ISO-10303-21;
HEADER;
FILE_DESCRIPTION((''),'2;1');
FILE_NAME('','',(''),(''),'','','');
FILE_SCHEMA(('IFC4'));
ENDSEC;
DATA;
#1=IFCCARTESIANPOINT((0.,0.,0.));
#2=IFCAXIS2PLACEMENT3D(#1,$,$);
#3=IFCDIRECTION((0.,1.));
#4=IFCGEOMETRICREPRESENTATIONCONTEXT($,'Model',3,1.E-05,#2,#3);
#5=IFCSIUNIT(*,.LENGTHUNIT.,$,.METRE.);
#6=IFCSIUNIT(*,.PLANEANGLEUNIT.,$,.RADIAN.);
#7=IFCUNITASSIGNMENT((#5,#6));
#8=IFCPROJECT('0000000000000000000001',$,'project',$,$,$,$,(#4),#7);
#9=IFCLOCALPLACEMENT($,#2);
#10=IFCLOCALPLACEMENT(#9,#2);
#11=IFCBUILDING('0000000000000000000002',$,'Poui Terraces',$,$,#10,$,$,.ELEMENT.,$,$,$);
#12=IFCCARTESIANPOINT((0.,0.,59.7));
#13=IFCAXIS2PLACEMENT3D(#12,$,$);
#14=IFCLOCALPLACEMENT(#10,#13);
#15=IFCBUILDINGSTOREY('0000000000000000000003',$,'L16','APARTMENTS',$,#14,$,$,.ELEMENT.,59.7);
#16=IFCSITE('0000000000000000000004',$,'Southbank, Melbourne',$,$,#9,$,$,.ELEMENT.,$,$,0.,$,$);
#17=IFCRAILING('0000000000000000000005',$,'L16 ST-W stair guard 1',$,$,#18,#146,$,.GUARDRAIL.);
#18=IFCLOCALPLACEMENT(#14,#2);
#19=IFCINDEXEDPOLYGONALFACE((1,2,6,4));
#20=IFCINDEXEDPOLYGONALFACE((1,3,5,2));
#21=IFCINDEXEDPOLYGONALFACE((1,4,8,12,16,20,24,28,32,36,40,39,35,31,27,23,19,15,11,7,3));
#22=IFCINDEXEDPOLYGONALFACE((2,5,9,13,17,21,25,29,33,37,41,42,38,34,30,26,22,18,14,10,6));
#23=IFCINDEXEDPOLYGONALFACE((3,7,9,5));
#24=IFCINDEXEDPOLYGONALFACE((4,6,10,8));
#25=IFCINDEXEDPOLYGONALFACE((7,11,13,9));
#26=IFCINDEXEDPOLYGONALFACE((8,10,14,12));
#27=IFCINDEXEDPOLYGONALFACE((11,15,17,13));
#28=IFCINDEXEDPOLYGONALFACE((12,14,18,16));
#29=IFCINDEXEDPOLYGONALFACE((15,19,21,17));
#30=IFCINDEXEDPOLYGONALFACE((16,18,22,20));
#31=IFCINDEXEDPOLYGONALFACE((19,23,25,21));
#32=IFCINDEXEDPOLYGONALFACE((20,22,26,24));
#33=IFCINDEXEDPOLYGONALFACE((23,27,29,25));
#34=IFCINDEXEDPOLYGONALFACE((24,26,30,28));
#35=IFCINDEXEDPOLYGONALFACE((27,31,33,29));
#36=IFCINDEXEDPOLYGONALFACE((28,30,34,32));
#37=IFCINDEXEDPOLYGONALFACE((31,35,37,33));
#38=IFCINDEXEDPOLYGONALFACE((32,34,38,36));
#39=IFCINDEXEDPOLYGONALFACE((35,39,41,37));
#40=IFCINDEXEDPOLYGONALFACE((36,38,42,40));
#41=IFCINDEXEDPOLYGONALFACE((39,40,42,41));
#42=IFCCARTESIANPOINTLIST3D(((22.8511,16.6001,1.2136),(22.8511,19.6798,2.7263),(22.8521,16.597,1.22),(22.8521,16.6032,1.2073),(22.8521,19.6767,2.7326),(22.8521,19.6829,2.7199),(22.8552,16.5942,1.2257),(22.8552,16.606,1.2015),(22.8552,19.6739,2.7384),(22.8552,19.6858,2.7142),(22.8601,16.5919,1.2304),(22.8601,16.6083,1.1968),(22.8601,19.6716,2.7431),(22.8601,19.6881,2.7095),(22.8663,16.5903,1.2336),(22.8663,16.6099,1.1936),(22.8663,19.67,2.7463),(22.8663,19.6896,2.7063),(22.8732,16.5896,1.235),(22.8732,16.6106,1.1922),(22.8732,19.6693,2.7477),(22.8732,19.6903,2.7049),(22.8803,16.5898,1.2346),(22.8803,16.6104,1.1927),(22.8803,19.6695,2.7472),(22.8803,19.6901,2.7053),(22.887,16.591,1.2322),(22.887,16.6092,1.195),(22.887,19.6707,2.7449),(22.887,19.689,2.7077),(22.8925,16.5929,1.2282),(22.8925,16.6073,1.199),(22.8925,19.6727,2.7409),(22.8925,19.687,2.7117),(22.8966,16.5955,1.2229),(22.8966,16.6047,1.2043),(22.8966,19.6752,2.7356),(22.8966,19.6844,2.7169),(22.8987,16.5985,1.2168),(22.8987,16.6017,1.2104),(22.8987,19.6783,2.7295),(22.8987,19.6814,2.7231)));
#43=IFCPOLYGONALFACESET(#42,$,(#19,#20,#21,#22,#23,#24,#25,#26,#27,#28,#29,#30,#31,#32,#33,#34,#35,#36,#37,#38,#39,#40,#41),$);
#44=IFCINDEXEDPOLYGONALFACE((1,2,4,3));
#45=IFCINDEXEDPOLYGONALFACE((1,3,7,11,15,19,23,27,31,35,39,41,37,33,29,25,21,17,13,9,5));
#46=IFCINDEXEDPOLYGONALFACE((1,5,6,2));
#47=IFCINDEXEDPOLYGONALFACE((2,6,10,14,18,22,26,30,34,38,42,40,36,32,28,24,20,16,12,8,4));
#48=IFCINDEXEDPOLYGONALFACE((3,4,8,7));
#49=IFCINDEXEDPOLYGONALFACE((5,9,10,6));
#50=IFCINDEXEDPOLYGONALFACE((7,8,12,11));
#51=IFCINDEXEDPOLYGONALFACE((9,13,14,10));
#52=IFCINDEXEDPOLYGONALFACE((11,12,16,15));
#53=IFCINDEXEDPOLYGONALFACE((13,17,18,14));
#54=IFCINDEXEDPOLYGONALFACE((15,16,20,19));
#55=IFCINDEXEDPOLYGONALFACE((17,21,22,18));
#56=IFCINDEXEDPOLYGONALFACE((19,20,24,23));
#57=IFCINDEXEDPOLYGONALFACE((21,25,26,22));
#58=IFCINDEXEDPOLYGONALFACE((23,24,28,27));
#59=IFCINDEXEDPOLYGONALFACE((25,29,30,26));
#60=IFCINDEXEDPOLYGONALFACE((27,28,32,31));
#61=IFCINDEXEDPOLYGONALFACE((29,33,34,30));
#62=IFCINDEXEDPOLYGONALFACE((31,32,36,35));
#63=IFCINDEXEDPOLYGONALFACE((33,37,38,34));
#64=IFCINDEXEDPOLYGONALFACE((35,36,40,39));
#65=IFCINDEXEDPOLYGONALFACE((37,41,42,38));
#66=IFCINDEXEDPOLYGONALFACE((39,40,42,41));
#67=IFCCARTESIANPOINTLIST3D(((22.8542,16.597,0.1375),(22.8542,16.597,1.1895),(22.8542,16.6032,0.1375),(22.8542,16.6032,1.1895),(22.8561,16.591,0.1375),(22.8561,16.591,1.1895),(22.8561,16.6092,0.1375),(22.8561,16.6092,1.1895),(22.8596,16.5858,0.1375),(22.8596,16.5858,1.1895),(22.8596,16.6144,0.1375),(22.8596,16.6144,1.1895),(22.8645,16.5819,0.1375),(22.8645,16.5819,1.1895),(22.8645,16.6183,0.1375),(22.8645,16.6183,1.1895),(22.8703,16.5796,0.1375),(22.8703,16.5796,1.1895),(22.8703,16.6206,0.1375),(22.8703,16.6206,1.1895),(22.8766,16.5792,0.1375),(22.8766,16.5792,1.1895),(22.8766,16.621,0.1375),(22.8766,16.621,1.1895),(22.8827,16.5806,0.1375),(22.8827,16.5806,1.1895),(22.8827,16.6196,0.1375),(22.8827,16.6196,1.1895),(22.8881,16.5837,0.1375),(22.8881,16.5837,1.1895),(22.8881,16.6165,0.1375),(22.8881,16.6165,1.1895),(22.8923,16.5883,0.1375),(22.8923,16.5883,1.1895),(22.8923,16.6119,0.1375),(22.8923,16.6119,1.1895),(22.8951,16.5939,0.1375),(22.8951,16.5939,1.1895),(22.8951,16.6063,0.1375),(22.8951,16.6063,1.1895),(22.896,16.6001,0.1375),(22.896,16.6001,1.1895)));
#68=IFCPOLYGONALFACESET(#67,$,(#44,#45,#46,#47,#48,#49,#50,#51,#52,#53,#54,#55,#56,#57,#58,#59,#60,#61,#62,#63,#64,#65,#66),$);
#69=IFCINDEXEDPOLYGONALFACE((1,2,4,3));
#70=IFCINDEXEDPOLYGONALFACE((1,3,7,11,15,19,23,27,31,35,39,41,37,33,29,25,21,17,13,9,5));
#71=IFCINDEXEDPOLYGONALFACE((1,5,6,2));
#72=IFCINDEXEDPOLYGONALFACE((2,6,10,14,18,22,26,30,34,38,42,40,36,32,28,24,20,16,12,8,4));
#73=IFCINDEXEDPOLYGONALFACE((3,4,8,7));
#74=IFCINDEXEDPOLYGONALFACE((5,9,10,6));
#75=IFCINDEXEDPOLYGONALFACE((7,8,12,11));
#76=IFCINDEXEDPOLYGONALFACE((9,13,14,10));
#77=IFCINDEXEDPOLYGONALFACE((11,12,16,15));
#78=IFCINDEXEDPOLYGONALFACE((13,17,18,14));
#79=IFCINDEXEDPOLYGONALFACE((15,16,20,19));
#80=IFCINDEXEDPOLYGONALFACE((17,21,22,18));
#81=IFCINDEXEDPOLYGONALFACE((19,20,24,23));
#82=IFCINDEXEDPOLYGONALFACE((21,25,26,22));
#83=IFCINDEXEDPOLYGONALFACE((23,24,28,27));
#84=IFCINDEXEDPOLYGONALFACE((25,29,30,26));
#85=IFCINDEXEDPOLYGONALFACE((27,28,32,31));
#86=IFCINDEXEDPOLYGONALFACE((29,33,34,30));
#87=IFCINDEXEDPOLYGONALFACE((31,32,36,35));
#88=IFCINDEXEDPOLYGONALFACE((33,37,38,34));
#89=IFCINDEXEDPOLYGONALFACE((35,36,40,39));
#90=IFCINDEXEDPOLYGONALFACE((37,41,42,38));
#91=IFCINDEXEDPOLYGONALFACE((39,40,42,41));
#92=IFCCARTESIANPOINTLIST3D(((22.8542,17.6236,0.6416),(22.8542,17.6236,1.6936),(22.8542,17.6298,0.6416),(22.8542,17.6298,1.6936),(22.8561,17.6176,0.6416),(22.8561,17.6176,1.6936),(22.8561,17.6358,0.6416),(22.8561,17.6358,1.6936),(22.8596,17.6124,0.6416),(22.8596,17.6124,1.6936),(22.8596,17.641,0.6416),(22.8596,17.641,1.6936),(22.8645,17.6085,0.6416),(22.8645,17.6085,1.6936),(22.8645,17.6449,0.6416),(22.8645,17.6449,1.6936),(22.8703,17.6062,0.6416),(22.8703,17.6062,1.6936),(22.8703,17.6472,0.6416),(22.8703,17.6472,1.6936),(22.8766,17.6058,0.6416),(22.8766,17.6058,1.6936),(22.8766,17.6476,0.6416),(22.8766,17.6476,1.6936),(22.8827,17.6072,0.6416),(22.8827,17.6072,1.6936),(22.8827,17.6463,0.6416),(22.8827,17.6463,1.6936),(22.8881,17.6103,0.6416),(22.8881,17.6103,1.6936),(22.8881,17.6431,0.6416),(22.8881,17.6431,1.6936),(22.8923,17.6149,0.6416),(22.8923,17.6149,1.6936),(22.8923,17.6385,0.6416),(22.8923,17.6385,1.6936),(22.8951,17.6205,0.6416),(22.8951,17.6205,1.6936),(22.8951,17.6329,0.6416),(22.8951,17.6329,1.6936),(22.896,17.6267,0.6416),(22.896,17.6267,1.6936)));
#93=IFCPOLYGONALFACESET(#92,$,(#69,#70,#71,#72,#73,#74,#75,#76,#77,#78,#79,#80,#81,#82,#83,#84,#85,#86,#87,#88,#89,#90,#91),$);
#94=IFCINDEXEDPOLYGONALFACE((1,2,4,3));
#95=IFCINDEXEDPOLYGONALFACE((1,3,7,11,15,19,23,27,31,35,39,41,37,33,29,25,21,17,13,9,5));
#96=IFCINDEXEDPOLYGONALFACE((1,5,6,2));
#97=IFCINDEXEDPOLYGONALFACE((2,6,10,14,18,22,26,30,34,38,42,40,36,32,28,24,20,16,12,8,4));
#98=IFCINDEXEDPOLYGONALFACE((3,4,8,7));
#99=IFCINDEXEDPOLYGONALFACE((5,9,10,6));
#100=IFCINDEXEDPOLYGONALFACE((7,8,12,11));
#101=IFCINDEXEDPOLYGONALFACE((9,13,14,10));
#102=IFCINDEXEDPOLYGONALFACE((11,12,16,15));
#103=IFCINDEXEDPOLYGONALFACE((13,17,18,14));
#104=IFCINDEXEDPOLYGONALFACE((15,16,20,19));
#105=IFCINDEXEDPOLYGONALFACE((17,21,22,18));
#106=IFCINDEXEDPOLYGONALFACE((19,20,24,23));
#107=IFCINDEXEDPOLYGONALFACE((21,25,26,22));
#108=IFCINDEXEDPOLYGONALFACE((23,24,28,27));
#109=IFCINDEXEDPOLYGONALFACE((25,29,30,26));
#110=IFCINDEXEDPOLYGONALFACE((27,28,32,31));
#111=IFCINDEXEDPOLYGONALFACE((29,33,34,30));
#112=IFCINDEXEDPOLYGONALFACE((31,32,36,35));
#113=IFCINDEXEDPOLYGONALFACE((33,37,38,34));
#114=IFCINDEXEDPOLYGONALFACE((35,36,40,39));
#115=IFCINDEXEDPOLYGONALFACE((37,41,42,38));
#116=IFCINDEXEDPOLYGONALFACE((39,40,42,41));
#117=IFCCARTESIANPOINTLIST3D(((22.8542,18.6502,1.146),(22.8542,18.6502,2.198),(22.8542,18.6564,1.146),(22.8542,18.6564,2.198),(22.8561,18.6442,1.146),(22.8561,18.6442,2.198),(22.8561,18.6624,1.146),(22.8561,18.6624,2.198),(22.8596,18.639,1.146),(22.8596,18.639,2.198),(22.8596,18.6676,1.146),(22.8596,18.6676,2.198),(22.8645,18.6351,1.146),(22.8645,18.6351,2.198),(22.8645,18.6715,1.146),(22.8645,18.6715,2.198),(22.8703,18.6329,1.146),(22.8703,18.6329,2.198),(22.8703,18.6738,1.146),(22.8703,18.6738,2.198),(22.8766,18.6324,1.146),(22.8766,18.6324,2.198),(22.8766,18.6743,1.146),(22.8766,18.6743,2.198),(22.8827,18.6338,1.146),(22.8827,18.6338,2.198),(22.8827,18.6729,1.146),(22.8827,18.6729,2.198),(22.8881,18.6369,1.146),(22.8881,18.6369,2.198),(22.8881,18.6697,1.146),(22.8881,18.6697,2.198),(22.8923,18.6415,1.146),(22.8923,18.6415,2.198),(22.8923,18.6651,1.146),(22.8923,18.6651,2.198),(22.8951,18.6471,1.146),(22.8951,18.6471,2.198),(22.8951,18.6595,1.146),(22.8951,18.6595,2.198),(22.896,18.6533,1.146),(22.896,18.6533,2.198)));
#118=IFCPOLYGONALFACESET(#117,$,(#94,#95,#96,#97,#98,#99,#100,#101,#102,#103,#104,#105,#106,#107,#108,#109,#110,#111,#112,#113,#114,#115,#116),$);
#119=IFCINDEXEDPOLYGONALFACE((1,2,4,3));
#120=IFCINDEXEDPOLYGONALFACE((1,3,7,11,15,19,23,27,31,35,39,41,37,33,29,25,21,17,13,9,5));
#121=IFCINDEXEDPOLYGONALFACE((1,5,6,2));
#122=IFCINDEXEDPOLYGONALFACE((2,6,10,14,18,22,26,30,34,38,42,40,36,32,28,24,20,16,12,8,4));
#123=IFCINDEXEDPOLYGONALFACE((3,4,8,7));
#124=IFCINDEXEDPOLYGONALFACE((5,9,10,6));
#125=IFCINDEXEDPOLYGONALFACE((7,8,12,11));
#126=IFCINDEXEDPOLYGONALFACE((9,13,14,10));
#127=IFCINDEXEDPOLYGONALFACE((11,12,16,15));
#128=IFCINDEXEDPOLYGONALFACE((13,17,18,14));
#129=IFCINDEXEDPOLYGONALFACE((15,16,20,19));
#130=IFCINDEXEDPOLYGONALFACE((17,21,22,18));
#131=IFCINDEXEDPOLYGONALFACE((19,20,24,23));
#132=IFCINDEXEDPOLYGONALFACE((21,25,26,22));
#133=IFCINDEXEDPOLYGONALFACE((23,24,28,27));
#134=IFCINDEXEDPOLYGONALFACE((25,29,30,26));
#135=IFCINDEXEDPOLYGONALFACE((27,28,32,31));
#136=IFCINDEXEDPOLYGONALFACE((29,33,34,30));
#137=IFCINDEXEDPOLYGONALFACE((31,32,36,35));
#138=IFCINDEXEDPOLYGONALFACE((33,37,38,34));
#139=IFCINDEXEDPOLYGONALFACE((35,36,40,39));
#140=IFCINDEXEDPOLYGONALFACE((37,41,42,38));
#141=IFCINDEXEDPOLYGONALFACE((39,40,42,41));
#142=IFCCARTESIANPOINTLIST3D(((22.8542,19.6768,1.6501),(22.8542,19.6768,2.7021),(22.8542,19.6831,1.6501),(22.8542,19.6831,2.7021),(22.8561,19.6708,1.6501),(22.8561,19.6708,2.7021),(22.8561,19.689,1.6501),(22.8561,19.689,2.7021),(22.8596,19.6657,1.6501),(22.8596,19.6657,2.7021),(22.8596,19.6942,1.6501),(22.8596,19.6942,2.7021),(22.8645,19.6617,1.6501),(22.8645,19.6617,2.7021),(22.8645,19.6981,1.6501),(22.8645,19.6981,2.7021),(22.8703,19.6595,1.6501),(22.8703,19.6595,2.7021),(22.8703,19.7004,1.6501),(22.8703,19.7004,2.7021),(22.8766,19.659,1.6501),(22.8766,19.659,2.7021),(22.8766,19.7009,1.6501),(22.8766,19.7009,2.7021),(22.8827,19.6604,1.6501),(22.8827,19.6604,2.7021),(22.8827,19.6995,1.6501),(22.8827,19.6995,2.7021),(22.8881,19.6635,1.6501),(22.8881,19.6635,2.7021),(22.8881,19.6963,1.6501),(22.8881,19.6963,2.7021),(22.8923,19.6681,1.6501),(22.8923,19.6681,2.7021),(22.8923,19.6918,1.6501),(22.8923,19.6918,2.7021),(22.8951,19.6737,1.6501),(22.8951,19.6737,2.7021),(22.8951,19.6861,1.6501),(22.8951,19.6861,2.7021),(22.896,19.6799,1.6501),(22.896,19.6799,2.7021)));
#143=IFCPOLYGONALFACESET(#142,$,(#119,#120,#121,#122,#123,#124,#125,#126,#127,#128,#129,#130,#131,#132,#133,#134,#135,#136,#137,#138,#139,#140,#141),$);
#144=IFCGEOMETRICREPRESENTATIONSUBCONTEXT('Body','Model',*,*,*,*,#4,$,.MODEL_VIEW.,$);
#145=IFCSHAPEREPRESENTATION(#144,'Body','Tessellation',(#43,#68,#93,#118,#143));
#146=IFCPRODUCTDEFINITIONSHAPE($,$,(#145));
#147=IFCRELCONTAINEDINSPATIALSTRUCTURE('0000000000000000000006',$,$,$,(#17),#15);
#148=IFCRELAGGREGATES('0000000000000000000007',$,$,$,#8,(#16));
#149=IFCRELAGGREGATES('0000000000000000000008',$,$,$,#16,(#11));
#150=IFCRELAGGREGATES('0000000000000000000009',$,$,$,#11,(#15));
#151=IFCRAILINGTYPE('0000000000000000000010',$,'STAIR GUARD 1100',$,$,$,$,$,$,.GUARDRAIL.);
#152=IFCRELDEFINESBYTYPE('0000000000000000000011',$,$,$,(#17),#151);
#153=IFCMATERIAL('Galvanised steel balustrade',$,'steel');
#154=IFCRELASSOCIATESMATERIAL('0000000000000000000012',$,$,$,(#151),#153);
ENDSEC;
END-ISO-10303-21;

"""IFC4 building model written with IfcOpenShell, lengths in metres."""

from ifc_helpers import new_model, si_unit, direction, frame, origin, origin_2d, place, context, subcontext, project, spatial, circle, extrude, material, type_object, element, save


model = new_model("IFC4")

# Units and contexts
model_context = context("Model", 3, precision=1e-05, world=origin(), true_north=direction((0.0, 1.0)))
body_context = subcontext(model_context, "Body", "Model", "MODEL_VIEW")
ifc_project = project(units=[si_unit("LENGTHUNIT", "METRE"), si_unit("PLANEANGLEUNIT", "RADIAN")], contexts=[model_context])

# Site, building, storey
site_placement = place(None, origin())
site = spatial("IfcSite", under=ifc_project, at=site_placement, Name="Southbank, Melbourne", CompositionType="ELEMENT", RefElevation=0.0)
building_placement = place(site_placement, origin())
building = spatial("IfcBuilding", under=site, at=building_placement, Name="Poui Terraces", CompositionType="ELEMENT")
storey_placement = place(building_placement, frame((0.0, 0.0, 59.7)))
storey = spatial("IfcBuildingStorey", under=building, at=storey_placement, Name="L16", Description="APARTMENTS", CompositionType="ELEMENT", Elevation=59.7)

# Railing
ifc_material_1 = material(Name="Galvanised steel balustrade", Category="steel")
railing_type_1 = type_object("IfcRailingType", Name="STAIR GUARD 1100", PredefinedType="GUARDRAIL", material=ifc_material_1)
railing_1_placement = place(storey_placement, frame((22.875, 16.6001, 0.1375)))
element("IfcRailing", 1, at=railing_1_placement, inside=storey, type_object=railing_type_1, Name="L16 ST-W stair guard 1", PredefinedType="GUARDRAIL", context=body_context, shape_type="SweptSolid", body=[
    extrude(circle(Radius=0.0239, at=origin_2d()), frame((0.0, 0.0, 1.0762), z_axis=(0.0, 0.897578, 0.440856), x_axis=(-1.0, 0.0, 0.0)), (0.0, 0.0, 1.0), 3.4312),
    extrude(circle(Radius=0.021, at=origin_2d()), origin(), (0.0, 0.0, 1.0), 1.052),
    extrude(circle(Radius=0.021, at=origin_2d()), frame((0.0, 1.0266, 0.5042)), (0.0, 0.0, 1.0), 1.052),
    extrude(circle(Radius=0.021, at=origin_2d()), frame((0.0, 2.0532, 1.0085)), (0.0, 0.0, 1.0), 1.052),
    extrude(circle(Radius=0.021, at=origin_2d()), frame((0.0, 3.0798, 1.5127)), (0.0, 0.0, 1.0), 1.052),
])

save(model, "model.ifc")
